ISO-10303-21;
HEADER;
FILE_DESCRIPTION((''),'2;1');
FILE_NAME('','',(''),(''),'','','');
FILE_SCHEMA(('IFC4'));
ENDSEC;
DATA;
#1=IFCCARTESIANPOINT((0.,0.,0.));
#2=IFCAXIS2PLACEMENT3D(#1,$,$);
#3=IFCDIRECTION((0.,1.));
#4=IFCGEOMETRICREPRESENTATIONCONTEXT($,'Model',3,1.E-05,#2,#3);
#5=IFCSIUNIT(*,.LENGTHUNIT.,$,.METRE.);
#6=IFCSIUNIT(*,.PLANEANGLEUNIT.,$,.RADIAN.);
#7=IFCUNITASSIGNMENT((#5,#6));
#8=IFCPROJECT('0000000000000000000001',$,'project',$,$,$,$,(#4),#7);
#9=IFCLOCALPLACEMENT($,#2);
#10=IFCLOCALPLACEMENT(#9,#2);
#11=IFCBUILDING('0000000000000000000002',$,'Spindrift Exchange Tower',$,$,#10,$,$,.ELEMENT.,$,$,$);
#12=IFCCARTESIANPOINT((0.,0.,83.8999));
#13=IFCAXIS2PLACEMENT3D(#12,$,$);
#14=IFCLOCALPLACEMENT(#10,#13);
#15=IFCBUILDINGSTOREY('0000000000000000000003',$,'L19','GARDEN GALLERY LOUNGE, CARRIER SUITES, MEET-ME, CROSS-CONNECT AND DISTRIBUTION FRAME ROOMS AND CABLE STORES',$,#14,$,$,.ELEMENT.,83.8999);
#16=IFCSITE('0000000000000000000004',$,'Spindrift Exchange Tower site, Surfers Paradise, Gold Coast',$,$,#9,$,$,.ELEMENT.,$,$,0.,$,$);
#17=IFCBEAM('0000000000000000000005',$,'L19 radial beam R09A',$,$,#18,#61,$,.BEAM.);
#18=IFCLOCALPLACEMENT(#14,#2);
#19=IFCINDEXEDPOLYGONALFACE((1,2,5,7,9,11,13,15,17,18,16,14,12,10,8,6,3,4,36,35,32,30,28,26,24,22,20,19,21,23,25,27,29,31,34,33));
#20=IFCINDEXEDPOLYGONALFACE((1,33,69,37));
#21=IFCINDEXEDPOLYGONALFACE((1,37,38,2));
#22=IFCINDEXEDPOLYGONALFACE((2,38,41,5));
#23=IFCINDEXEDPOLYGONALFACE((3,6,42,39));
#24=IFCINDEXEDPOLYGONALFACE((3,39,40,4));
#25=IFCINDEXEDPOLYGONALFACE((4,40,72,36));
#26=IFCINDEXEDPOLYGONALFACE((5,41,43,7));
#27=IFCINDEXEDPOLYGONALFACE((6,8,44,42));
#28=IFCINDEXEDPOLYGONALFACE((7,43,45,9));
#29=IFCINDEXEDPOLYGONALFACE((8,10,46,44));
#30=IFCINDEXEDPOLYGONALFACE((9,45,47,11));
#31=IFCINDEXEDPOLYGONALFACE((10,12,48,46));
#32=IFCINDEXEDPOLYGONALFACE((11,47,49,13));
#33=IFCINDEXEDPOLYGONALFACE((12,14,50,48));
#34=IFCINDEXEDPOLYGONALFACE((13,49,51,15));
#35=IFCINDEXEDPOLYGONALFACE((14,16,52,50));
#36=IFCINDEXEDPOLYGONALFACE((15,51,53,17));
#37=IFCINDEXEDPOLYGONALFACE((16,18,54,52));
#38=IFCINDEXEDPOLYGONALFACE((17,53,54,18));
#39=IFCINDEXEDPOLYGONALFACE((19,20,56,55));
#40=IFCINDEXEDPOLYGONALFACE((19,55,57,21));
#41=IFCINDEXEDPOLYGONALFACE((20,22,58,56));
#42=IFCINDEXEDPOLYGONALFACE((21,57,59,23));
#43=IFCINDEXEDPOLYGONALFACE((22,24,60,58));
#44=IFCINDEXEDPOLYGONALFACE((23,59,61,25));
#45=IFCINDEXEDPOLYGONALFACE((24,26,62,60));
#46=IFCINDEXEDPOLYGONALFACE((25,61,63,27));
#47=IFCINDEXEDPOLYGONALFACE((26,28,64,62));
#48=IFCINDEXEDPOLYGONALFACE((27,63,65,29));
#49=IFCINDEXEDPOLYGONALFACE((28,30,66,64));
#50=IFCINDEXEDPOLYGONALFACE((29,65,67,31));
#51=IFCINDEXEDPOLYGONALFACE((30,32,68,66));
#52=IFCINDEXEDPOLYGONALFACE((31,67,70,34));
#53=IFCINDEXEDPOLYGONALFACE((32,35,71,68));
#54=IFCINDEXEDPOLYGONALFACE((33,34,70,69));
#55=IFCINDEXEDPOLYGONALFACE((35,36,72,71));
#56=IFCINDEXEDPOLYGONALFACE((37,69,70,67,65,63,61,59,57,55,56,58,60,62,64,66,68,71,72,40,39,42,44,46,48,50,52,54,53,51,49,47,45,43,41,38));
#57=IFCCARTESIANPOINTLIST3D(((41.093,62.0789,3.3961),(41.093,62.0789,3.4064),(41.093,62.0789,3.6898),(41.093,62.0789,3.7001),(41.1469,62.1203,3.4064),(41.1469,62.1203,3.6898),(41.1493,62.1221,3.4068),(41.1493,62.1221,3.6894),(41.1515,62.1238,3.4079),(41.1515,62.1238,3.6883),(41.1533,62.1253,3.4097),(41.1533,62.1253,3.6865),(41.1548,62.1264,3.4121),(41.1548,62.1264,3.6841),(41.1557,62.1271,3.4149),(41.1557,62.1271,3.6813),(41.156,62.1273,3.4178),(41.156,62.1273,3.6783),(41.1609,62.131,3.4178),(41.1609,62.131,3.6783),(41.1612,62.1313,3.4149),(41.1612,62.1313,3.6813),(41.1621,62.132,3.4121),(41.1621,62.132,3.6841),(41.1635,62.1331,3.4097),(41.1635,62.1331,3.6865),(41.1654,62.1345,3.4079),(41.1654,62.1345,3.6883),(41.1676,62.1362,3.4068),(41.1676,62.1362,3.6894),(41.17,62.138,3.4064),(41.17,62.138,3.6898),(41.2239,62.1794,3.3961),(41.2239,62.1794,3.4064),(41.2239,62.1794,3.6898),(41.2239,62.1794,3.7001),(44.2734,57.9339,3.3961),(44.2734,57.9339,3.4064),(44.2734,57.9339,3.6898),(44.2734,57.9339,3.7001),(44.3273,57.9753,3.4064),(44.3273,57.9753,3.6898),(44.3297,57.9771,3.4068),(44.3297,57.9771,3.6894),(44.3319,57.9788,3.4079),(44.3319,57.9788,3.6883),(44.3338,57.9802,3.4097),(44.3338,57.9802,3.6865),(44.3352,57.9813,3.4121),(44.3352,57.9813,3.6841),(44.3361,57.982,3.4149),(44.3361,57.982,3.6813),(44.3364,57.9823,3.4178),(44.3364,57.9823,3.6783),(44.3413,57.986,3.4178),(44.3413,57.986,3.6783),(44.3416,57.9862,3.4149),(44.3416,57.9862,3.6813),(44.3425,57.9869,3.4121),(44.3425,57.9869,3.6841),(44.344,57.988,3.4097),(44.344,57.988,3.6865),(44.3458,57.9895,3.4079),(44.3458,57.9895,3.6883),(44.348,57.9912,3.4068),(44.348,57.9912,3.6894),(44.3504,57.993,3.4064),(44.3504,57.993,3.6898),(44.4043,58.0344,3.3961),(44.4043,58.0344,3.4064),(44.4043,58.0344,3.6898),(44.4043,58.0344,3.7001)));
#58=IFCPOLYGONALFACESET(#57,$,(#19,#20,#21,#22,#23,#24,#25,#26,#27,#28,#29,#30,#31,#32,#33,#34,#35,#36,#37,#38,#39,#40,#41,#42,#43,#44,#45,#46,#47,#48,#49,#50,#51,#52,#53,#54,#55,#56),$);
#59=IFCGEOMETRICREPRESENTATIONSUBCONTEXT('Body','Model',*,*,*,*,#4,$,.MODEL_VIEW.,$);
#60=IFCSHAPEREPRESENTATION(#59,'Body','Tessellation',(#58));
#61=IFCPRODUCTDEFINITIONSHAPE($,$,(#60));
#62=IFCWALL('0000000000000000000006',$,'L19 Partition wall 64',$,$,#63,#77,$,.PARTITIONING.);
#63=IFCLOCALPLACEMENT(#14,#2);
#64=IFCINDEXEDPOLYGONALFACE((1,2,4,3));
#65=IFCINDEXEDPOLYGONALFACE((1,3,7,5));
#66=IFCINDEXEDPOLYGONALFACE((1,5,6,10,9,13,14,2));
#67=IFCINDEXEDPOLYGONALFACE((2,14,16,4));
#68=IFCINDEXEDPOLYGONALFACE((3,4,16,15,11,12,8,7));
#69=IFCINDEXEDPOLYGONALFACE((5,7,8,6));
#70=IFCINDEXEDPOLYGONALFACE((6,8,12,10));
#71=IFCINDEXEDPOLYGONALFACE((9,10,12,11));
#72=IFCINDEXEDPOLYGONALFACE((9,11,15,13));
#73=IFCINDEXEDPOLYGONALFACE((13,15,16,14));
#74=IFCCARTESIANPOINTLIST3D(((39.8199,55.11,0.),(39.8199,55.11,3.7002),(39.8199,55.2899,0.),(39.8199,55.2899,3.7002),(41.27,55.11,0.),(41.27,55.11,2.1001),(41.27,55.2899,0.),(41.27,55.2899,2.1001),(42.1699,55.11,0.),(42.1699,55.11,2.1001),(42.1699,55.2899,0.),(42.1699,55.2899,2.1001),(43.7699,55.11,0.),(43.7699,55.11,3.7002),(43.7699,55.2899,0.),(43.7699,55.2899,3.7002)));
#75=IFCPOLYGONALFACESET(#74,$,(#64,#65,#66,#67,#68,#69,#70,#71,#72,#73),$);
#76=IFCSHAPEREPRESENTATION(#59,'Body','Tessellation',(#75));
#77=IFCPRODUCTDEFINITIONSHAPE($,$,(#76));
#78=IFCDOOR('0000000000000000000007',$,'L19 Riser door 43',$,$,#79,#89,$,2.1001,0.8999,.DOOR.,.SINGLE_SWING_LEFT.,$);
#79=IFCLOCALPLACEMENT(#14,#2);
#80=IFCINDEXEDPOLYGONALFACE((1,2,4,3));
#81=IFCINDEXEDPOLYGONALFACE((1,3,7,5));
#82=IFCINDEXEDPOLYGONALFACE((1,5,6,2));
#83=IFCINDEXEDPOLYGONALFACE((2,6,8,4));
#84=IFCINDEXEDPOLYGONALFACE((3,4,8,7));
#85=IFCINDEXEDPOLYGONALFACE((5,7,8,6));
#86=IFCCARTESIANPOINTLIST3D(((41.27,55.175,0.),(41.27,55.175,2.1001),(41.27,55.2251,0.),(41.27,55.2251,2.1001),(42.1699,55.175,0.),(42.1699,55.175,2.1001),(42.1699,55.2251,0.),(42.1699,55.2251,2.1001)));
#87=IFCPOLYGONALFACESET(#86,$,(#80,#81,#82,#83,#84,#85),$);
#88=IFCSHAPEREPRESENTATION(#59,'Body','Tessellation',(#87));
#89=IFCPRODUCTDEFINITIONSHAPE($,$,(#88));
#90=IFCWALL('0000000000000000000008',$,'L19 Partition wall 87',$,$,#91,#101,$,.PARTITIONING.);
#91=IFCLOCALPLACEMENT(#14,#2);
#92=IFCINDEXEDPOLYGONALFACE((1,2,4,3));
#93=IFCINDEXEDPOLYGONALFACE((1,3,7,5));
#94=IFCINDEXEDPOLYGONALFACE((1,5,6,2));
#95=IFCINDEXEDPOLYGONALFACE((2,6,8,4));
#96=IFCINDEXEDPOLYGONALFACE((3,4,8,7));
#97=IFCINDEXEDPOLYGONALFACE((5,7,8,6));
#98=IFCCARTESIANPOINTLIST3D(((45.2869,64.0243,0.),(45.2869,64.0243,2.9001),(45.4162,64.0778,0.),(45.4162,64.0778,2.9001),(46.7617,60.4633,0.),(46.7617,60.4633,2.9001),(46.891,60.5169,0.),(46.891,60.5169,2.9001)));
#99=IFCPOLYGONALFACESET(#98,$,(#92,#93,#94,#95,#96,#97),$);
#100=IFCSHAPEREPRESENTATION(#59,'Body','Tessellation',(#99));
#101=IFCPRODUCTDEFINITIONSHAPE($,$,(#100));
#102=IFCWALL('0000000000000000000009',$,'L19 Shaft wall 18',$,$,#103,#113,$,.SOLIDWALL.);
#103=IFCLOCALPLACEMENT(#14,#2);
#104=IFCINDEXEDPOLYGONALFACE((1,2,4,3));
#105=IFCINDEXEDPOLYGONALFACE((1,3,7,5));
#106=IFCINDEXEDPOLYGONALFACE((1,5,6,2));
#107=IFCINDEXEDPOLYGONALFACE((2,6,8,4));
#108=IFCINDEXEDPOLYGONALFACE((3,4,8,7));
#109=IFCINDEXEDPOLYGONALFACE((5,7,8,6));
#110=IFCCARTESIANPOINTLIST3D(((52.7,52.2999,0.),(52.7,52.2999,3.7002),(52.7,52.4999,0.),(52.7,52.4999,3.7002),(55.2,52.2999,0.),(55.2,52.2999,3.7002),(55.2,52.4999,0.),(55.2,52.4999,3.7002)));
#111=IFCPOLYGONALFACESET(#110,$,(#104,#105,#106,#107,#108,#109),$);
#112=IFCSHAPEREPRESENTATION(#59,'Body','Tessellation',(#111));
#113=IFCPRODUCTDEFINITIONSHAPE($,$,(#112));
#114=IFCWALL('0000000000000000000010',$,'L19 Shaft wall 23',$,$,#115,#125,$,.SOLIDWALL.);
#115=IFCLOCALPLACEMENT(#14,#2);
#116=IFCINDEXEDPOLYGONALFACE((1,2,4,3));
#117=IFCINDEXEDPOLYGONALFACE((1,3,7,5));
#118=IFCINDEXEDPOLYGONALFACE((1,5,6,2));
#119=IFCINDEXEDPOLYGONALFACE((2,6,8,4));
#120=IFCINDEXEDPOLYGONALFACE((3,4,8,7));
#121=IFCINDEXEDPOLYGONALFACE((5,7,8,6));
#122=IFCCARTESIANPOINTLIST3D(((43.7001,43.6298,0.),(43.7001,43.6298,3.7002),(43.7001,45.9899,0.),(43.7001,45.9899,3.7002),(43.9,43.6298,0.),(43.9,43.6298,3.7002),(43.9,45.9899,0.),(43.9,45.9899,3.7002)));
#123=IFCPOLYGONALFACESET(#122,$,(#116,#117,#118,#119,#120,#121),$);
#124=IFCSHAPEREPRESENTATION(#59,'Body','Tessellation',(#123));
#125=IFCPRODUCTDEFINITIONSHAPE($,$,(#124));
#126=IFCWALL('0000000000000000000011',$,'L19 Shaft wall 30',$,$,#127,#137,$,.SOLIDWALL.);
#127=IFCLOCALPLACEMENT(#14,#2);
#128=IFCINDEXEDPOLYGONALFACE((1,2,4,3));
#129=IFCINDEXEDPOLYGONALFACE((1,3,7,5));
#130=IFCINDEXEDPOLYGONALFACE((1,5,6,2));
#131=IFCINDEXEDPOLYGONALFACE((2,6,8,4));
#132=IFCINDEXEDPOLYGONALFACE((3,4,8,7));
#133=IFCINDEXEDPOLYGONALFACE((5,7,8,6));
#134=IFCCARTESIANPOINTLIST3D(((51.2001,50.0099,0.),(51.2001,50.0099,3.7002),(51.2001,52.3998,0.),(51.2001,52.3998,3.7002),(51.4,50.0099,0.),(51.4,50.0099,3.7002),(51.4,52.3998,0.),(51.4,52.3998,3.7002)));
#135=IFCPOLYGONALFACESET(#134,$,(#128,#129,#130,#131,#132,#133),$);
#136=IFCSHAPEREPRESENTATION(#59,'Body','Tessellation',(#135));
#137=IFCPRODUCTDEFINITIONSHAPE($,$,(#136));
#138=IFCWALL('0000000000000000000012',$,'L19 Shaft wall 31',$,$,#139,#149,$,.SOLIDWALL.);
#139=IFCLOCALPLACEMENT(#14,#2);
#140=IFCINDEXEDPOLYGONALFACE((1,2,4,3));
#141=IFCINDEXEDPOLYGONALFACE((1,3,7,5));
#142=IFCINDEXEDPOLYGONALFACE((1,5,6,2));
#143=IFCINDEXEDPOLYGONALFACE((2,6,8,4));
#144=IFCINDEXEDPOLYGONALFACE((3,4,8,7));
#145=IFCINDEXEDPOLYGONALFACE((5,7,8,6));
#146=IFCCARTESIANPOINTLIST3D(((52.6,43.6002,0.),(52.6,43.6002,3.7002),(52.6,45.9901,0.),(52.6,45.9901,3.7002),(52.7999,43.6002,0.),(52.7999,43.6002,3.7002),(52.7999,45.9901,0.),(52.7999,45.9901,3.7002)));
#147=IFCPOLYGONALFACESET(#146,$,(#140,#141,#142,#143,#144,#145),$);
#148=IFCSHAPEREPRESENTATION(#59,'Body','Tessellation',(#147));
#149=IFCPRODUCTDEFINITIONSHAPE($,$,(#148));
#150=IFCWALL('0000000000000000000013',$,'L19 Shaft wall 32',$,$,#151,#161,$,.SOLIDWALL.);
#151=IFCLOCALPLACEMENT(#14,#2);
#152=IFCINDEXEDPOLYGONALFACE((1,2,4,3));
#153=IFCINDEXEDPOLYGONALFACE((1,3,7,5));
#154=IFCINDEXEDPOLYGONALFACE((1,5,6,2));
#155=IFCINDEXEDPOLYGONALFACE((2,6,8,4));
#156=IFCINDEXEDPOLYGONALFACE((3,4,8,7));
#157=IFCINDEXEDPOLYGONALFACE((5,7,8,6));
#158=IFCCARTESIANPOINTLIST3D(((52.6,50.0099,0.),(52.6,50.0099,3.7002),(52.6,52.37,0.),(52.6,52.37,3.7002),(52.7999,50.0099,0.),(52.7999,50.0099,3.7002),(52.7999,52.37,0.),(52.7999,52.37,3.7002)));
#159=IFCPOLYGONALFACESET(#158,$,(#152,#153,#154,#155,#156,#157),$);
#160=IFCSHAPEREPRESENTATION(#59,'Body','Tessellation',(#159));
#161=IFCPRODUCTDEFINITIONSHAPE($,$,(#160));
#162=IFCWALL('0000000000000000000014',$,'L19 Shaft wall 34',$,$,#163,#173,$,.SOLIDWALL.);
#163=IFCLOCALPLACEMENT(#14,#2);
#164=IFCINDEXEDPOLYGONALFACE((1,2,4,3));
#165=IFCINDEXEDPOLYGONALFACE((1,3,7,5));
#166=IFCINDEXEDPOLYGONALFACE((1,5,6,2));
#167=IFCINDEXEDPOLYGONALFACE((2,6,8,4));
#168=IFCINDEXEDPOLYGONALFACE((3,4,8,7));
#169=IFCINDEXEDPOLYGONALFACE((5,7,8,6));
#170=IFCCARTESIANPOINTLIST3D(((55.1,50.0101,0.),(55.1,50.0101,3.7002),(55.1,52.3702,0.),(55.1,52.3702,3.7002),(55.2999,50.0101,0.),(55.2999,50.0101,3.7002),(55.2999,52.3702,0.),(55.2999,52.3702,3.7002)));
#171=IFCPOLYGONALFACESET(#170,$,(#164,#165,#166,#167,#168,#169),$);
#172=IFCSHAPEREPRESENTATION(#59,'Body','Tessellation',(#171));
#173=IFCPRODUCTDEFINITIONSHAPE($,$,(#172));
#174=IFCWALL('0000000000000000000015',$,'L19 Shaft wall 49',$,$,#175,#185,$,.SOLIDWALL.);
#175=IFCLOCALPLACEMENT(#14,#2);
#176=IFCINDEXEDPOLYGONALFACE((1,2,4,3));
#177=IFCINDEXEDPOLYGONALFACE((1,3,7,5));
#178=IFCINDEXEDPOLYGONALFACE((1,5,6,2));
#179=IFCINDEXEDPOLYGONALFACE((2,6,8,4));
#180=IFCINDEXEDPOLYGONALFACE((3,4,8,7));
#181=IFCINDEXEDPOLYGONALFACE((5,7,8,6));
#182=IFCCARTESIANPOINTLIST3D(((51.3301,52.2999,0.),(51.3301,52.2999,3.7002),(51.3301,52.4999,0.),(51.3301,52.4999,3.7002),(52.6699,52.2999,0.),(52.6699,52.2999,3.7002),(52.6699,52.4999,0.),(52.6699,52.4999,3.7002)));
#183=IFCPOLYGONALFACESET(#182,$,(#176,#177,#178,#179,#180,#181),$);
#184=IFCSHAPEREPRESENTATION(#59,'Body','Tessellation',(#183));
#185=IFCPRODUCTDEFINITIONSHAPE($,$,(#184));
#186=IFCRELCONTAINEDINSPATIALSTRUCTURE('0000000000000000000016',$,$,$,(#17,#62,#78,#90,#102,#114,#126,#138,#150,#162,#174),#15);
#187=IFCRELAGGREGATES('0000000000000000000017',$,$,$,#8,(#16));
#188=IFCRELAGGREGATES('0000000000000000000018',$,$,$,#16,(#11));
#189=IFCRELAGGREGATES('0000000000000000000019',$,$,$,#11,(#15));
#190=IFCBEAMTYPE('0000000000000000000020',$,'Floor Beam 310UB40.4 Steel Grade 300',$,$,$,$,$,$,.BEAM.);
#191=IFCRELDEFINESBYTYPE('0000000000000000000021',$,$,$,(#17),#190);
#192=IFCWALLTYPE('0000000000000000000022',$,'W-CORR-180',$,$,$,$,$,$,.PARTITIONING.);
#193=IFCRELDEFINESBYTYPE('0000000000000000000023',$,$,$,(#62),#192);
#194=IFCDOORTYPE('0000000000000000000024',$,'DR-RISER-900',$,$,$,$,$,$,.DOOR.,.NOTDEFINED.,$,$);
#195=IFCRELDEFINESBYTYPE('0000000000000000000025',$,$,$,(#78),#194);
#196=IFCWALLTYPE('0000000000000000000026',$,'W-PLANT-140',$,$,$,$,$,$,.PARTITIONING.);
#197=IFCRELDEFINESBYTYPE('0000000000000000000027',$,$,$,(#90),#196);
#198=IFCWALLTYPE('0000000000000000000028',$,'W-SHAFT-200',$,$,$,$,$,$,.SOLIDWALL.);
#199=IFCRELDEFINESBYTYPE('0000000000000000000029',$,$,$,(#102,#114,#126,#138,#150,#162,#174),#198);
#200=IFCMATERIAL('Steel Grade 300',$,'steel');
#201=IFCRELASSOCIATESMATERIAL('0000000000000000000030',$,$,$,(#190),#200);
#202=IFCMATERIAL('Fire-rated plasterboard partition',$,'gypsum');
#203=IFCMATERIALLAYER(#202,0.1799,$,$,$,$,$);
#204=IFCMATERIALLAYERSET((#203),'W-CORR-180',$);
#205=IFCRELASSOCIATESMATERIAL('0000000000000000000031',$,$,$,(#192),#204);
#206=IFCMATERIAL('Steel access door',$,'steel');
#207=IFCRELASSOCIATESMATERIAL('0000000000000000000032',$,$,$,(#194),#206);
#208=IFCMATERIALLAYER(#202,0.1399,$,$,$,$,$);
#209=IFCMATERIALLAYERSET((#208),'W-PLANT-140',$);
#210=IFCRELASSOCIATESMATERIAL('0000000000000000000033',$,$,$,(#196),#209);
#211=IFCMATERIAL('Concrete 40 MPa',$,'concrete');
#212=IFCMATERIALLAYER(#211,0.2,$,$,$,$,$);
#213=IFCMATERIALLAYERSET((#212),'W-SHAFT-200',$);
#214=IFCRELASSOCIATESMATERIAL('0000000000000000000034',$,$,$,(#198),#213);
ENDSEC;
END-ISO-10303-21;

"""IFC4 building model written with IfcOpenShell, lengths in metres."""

from ifc_helpers import new_model, si_unit, direction, frame, frame_2d, origin, origin_2d, place, context, subcontext, project, spatial, rectangle, i_section, extrude, source, transform, mapped, material, layer, layer_set, material_profile, profile_set, type_object, element, fill, save


model = new_model("IFC4")

# Units and contexts
model_context = context("Model", 3, precision=1e-05, world=origin(), true_north=direction((0.0, 1.0)))
body_context = subcontext(model_context, "Body", "Model", "MODEL_VIEW")
ifc_project = project(units=[si_unit("LENGTHUNIT", "METRE"), si_unit("PLANEANGLEUNIT", "RADIAN")], contexts=[model_context])

# Site, building, storey
site_placement = place(None, origin())
site = spatial("IfcSite", under=ifc_project, at=site_placement, Name="Spindrift Exchange Tower site, Surfers Paradise, Gold Coast", CompositionType="ELEMENT", RefElevation=0.0)
building_placement = place(site_placement, origin())
building = spatial("IfcBuilding", under=site, at=building_placement, Name="Spindrift Exchange Tower", CompositionType="ELEMENT")
storey_placement = place(building_placement, frame((0.0, 0.0, 83.8999)))
storey = spatial("IfcBuildingStorey", under=building, at=storey_placement, Name="L19", Description="GARDEN GALLERY LOUNGE, CARRIER SUITES, MEET-ME, CROSS-CONNECT AND DISTRIBUTION FRAME ROOMS AND CABLE STORES", CompositionType="ELEMENT", Elevation=83.8999)

# Beam
ifc_material_1 = material(Name="Steel Grade 300", Category="steel")
ifc_material_profile_1 = material_profile(ifc_material_1, i_section(OverallWidth=0.165, OverallDepth=0.304, WebThickness=0.0061, FlangeThickness=0.0103, FilletRadius=0.0115, at=origin_2d()), Name="310UB40.4")
ifc_profile_set_1 = profile_set([ifc_material_profile_1], Name="Steel Grade 300")
beam_type_1 = type_object("IfcBeamType", Name="Floor Beam 310UB40.4 Steel Grade 300", PredefinedType="BEAM", material=ifc_profile_set_1)
shared_shape_1 = source(origin(), body_context, "Body", "SweptSolid", [
    extrude(i_section(OverallWidth=0.165, OverallDepth=0.304, WebThickness=0.0061, FlangeThickness=0.0103, FilletRadius=0.0115, at=origin_2d()), origin(), (0.0, 0.0, 1.0), 5.2246),
])
beam_1_placement = place(storey_placement, frame((44.3389, 57.9841, 3.5481), z_axis=(-0.608741, 0.793369, 0.0), x_axis=(-0.793369, -0.608741, 0.0)))
element("IfcBeam", 1, at=beam_1_placement, inside=storey, type_object=beam_type_1, Name="L19 radial beam R09A", PredefinedType="BEAM", context=body_context, shape_type="MappedRepresentation", body=[
    mapped(shared_shape_1, transform((0.0, 0.0, 0.0), scale=1.0)),
])

# Wall, opening, door
ifc_material_2 = material(Name="Fire-rated plasterboard partition", Category="gypsum")
ifc_layer_1 = layer(ifc_material_2, 0.1799)
ifc_layer_set_1 = layer_set([ifc_layer_1], Name="W-CORR-180")
wall_type_1 = type_object("IfcWallType", Name="W-CORR-180", PredefinedType="PARTITIONING", material=ifc_layer_set_1)
wall_1_placement = place(storey_placement, frame((43.77, 55.2, 0.0), z_axis=(0.0, 0.0, 1.0), x_axis=(-1.0, 0.0, 0.0)))
wall_1 = element("IfcWall", 2, at=wall_1_placement, inside=storey, type_object=wall_type_1, Name="L19 Partition wall 64", PredefinedType="PARTITIONING", context=body_context, shape_type="SweptSolid", body=[
    extrude(rectangle(XDim=3.95, YDim=0.1799, at=frame_2d((1.9751, 0.0))), origin(), (0.0, 0.0, 1.0), 3.7002),
])
opening_1_placement = place(wall_1_placement, frame((1.6001, 0.0, 0.0)))
opening_1 = element("IfcOpeningElement", 3, at=opening_1_placement, cuts=wall_1, PredefinedType="OPENING", context=body_context, shape_type="SweptSolid", body=[
    extrude(rectangle(XDim=0.8999, YDim=2.1001, at=frame_2d((0.45, 1.05))), frame((0.0, 0.0999, 0.0), z_axis=(0.0, -1.0, 0.0), x_axis=(1.0, 0.0, 0.0)), (0.0, 0.0, 1.0), 0.2),
])
ifc_material_3 = material(Name="Steel access door", Category="steel")
door_type_1 = type_object("IfcDoorType", Name="DR-RISER-900", OperationType="NOTDEFINED", PredefinedType="DOOR", material=ifc_material_3)
shared_shape_2 = source(origin(), body_context, "Body", "SweptSolid", [
    extrude(rectangle(XDim=0.8999, YDim=2.1001, at=frame_2d((0.45, 1.05))), frame((0.0, 0.0249, 0.0), z_axis=(0.0, -1.0, 0.0), x_axis=(1.0, 0.0, 0.0)), (0.0, 0.0, 1.0), 0.05),
])
door_1_placement = place(opening_1_placement, origin())
door_1 = element("IfcDoor", 4, at=door_1_placement, inside=storey, type_object=door_type_1, Name="L19 Riser door 43", OperationType="SINGLE_SWING_LEFT", OverallHeight=2.1001, OverallWidth=0.8999, PredefinedType="DOOR", context=body_context, shape_type="MappedRepresentation", body=[
    mapped(shared_shape_2, transform((0.0, 0.0, 0.0), scale=1.0)),
])
fill(opening_1, door_1)

# Walls
ifc_layer_2 = layer(ifc_material_2, 0.1399)
ifc_layer_set_2 = layer_set([ifc_layer_2], Name="W-PLANT-140")
wall_type_2 = type_object("IfcWallType", Name="W-PLANT-140", PredefinedType="PARTITIONING", material=ifc_layer_set_2)
wall_2_placement = place(storey_placement, frame((46.8264, 60.49, 0.0), z_axis=(0.0, 0.0, 1.0), x_axis=(-0.382645, 0.923896, 0.0)))
element("IfcWall", 5, at=wall_2_placement, inside=storey, type_object=wall_type_2, Name="L19 Partition wall 87", PredefinedType="PARTITIONING", context=body_context, shape_type="SweptSolid", body=[
    extrude(rectangle(XDim=3.8542, YDim=0.1399, at=frame_2d((1.9272, 0.0))), origin(), (0.0, 0.0, 1.0), 2.9001),
])
ifc_material_4 = material(Name="Concrete 40 MPa", Category="concrete")
ifc_layer_3 = layer(ifc_material_4, 0.2)
ifc_layer_set_3 = layer_set([ifc_layer_3], Name="W-SHAFT-200")
wall_type_3 = type_object("IfcWallType", Name="W-SHAFT-200", PredefinedType="SOLIDWALL", material=ifc_layer_set_3)
wall_3_placement = place(storey_placement, frame((55.2, 52.3999, 0.0), z_axis=(0.0, 0.0, 1.0), x_axis=(-1.0, 0.0, 0.0)))
element("IfcWall", 6, at=wall_3_placement, inside=storey, type_object=wall_type_3, Name="L19 Shaft wall 18", PredefinedType="SOLIDWALL", context=body_context, shape_type="SweptSolid", body=[
    extrude(rectangle(XDim=2.5, YDim=0.2, at=frame_2d((1.25, 0.0))), origin(), (0.0, 0.0, 1.0), 3.7002),
])
wall_4_placement = place(storey_placement, frame((43.8, 45.99, 0.0), z_axis=(0.0, 0.0, 1.0), x_axis=(0.0, -1.0, 0.0)))
element("IfcWall", 7, at=wall_4_placement, inside=storey, type_object=wall_type_3, Name="L19 Shaft wall 23", PredefinedType="SOLIDWALL", context=body_context, shape_type="SweptSolid", body=[
    extrude(rectangle(XDim=2.3601, YDim=0.2, at=frame_2d((1.1802, 0.0))), origin(), (0.0, 0.0, 1.0), 3.7002),
])
for number, where, z_axis, x_axis, name in (
    (8, (51.3, 50.01, 0.0), (0.0, 0.0, 1.0), (0.0, 1.0, 0.0), "L19 Shaft wall 30"),
    (9, (52.7, 45.99, 0.0), (0.0, 0.0, 1.0), (0.0, -1.0, 0.0), "L19 Shaft wall 31"),
):
    element("IfcWall", number, at=place(storey_placement, frame(where, z_axis=z_axis, x_axis=x_axis)), inside=storey, type_object=wall_type_3, Name=name, PredefinedType="SOLIDWALL", context=body_context, shape_type="SweptSolid", body=[
        extrude(rectangle(XDim=2.3899, YDim=0.2, at=frame_2d((1.1948, 0.0))), origin(), (0.0, 0.0, 1.0), 3.7002),
    ])
for number, where, z_axis, x_axis, name in (
    (10, (52.7, 52.3701, 0.0), (0.0, 0.0, 1.0), (0.0, -1.0, 0.0), "L19 Shaft wall 32"),
    (11, (55.2, 50.01, 0.0), (0.0, 0.0, 1.0), (0.0, 1.0, 0.0), "L19 Shaft wall 34"),
):
    element("IfcWall", number, at=place(storey_placement, frame(where, z_axis=z_axis, x_axis=x_axis)), inside=storey, type_object=wall_type_3, Name=name, PredefinedType="SOLIDWALL", context=body_context, shape_type="SweptSolid", body=[
        extrude(rectangle(XDim=2.3601, YDim=0.2, at=frame_2d((1.1802, 0.0))), origin(), (0.0, 0.0, 1.0), 3.7002),
    ])
wall_5_placement = place(storey_placement, frame((51.3301, 52.3999, 0.0), z_axis=(0.0, 0.0, 1.0), x_axis=(1.0, 0.0, 0.0)))
element("IfcWall", 12, at=wall_5_placement, inside=storey, type_object=wall_type_3, Name="L19 Shaft wall 49", PredefinedType="SOLIDWALL", context=body_context, shape_type="SweptSolid", body=[
    extrude(rectangle(XDim=1.3398, YDim=0.2, at=frame_2d((0.6699, 0.0))), origin(), (0.0, 0.0, 1.0), 3.7002),
])

save(model, "model.ifc")
